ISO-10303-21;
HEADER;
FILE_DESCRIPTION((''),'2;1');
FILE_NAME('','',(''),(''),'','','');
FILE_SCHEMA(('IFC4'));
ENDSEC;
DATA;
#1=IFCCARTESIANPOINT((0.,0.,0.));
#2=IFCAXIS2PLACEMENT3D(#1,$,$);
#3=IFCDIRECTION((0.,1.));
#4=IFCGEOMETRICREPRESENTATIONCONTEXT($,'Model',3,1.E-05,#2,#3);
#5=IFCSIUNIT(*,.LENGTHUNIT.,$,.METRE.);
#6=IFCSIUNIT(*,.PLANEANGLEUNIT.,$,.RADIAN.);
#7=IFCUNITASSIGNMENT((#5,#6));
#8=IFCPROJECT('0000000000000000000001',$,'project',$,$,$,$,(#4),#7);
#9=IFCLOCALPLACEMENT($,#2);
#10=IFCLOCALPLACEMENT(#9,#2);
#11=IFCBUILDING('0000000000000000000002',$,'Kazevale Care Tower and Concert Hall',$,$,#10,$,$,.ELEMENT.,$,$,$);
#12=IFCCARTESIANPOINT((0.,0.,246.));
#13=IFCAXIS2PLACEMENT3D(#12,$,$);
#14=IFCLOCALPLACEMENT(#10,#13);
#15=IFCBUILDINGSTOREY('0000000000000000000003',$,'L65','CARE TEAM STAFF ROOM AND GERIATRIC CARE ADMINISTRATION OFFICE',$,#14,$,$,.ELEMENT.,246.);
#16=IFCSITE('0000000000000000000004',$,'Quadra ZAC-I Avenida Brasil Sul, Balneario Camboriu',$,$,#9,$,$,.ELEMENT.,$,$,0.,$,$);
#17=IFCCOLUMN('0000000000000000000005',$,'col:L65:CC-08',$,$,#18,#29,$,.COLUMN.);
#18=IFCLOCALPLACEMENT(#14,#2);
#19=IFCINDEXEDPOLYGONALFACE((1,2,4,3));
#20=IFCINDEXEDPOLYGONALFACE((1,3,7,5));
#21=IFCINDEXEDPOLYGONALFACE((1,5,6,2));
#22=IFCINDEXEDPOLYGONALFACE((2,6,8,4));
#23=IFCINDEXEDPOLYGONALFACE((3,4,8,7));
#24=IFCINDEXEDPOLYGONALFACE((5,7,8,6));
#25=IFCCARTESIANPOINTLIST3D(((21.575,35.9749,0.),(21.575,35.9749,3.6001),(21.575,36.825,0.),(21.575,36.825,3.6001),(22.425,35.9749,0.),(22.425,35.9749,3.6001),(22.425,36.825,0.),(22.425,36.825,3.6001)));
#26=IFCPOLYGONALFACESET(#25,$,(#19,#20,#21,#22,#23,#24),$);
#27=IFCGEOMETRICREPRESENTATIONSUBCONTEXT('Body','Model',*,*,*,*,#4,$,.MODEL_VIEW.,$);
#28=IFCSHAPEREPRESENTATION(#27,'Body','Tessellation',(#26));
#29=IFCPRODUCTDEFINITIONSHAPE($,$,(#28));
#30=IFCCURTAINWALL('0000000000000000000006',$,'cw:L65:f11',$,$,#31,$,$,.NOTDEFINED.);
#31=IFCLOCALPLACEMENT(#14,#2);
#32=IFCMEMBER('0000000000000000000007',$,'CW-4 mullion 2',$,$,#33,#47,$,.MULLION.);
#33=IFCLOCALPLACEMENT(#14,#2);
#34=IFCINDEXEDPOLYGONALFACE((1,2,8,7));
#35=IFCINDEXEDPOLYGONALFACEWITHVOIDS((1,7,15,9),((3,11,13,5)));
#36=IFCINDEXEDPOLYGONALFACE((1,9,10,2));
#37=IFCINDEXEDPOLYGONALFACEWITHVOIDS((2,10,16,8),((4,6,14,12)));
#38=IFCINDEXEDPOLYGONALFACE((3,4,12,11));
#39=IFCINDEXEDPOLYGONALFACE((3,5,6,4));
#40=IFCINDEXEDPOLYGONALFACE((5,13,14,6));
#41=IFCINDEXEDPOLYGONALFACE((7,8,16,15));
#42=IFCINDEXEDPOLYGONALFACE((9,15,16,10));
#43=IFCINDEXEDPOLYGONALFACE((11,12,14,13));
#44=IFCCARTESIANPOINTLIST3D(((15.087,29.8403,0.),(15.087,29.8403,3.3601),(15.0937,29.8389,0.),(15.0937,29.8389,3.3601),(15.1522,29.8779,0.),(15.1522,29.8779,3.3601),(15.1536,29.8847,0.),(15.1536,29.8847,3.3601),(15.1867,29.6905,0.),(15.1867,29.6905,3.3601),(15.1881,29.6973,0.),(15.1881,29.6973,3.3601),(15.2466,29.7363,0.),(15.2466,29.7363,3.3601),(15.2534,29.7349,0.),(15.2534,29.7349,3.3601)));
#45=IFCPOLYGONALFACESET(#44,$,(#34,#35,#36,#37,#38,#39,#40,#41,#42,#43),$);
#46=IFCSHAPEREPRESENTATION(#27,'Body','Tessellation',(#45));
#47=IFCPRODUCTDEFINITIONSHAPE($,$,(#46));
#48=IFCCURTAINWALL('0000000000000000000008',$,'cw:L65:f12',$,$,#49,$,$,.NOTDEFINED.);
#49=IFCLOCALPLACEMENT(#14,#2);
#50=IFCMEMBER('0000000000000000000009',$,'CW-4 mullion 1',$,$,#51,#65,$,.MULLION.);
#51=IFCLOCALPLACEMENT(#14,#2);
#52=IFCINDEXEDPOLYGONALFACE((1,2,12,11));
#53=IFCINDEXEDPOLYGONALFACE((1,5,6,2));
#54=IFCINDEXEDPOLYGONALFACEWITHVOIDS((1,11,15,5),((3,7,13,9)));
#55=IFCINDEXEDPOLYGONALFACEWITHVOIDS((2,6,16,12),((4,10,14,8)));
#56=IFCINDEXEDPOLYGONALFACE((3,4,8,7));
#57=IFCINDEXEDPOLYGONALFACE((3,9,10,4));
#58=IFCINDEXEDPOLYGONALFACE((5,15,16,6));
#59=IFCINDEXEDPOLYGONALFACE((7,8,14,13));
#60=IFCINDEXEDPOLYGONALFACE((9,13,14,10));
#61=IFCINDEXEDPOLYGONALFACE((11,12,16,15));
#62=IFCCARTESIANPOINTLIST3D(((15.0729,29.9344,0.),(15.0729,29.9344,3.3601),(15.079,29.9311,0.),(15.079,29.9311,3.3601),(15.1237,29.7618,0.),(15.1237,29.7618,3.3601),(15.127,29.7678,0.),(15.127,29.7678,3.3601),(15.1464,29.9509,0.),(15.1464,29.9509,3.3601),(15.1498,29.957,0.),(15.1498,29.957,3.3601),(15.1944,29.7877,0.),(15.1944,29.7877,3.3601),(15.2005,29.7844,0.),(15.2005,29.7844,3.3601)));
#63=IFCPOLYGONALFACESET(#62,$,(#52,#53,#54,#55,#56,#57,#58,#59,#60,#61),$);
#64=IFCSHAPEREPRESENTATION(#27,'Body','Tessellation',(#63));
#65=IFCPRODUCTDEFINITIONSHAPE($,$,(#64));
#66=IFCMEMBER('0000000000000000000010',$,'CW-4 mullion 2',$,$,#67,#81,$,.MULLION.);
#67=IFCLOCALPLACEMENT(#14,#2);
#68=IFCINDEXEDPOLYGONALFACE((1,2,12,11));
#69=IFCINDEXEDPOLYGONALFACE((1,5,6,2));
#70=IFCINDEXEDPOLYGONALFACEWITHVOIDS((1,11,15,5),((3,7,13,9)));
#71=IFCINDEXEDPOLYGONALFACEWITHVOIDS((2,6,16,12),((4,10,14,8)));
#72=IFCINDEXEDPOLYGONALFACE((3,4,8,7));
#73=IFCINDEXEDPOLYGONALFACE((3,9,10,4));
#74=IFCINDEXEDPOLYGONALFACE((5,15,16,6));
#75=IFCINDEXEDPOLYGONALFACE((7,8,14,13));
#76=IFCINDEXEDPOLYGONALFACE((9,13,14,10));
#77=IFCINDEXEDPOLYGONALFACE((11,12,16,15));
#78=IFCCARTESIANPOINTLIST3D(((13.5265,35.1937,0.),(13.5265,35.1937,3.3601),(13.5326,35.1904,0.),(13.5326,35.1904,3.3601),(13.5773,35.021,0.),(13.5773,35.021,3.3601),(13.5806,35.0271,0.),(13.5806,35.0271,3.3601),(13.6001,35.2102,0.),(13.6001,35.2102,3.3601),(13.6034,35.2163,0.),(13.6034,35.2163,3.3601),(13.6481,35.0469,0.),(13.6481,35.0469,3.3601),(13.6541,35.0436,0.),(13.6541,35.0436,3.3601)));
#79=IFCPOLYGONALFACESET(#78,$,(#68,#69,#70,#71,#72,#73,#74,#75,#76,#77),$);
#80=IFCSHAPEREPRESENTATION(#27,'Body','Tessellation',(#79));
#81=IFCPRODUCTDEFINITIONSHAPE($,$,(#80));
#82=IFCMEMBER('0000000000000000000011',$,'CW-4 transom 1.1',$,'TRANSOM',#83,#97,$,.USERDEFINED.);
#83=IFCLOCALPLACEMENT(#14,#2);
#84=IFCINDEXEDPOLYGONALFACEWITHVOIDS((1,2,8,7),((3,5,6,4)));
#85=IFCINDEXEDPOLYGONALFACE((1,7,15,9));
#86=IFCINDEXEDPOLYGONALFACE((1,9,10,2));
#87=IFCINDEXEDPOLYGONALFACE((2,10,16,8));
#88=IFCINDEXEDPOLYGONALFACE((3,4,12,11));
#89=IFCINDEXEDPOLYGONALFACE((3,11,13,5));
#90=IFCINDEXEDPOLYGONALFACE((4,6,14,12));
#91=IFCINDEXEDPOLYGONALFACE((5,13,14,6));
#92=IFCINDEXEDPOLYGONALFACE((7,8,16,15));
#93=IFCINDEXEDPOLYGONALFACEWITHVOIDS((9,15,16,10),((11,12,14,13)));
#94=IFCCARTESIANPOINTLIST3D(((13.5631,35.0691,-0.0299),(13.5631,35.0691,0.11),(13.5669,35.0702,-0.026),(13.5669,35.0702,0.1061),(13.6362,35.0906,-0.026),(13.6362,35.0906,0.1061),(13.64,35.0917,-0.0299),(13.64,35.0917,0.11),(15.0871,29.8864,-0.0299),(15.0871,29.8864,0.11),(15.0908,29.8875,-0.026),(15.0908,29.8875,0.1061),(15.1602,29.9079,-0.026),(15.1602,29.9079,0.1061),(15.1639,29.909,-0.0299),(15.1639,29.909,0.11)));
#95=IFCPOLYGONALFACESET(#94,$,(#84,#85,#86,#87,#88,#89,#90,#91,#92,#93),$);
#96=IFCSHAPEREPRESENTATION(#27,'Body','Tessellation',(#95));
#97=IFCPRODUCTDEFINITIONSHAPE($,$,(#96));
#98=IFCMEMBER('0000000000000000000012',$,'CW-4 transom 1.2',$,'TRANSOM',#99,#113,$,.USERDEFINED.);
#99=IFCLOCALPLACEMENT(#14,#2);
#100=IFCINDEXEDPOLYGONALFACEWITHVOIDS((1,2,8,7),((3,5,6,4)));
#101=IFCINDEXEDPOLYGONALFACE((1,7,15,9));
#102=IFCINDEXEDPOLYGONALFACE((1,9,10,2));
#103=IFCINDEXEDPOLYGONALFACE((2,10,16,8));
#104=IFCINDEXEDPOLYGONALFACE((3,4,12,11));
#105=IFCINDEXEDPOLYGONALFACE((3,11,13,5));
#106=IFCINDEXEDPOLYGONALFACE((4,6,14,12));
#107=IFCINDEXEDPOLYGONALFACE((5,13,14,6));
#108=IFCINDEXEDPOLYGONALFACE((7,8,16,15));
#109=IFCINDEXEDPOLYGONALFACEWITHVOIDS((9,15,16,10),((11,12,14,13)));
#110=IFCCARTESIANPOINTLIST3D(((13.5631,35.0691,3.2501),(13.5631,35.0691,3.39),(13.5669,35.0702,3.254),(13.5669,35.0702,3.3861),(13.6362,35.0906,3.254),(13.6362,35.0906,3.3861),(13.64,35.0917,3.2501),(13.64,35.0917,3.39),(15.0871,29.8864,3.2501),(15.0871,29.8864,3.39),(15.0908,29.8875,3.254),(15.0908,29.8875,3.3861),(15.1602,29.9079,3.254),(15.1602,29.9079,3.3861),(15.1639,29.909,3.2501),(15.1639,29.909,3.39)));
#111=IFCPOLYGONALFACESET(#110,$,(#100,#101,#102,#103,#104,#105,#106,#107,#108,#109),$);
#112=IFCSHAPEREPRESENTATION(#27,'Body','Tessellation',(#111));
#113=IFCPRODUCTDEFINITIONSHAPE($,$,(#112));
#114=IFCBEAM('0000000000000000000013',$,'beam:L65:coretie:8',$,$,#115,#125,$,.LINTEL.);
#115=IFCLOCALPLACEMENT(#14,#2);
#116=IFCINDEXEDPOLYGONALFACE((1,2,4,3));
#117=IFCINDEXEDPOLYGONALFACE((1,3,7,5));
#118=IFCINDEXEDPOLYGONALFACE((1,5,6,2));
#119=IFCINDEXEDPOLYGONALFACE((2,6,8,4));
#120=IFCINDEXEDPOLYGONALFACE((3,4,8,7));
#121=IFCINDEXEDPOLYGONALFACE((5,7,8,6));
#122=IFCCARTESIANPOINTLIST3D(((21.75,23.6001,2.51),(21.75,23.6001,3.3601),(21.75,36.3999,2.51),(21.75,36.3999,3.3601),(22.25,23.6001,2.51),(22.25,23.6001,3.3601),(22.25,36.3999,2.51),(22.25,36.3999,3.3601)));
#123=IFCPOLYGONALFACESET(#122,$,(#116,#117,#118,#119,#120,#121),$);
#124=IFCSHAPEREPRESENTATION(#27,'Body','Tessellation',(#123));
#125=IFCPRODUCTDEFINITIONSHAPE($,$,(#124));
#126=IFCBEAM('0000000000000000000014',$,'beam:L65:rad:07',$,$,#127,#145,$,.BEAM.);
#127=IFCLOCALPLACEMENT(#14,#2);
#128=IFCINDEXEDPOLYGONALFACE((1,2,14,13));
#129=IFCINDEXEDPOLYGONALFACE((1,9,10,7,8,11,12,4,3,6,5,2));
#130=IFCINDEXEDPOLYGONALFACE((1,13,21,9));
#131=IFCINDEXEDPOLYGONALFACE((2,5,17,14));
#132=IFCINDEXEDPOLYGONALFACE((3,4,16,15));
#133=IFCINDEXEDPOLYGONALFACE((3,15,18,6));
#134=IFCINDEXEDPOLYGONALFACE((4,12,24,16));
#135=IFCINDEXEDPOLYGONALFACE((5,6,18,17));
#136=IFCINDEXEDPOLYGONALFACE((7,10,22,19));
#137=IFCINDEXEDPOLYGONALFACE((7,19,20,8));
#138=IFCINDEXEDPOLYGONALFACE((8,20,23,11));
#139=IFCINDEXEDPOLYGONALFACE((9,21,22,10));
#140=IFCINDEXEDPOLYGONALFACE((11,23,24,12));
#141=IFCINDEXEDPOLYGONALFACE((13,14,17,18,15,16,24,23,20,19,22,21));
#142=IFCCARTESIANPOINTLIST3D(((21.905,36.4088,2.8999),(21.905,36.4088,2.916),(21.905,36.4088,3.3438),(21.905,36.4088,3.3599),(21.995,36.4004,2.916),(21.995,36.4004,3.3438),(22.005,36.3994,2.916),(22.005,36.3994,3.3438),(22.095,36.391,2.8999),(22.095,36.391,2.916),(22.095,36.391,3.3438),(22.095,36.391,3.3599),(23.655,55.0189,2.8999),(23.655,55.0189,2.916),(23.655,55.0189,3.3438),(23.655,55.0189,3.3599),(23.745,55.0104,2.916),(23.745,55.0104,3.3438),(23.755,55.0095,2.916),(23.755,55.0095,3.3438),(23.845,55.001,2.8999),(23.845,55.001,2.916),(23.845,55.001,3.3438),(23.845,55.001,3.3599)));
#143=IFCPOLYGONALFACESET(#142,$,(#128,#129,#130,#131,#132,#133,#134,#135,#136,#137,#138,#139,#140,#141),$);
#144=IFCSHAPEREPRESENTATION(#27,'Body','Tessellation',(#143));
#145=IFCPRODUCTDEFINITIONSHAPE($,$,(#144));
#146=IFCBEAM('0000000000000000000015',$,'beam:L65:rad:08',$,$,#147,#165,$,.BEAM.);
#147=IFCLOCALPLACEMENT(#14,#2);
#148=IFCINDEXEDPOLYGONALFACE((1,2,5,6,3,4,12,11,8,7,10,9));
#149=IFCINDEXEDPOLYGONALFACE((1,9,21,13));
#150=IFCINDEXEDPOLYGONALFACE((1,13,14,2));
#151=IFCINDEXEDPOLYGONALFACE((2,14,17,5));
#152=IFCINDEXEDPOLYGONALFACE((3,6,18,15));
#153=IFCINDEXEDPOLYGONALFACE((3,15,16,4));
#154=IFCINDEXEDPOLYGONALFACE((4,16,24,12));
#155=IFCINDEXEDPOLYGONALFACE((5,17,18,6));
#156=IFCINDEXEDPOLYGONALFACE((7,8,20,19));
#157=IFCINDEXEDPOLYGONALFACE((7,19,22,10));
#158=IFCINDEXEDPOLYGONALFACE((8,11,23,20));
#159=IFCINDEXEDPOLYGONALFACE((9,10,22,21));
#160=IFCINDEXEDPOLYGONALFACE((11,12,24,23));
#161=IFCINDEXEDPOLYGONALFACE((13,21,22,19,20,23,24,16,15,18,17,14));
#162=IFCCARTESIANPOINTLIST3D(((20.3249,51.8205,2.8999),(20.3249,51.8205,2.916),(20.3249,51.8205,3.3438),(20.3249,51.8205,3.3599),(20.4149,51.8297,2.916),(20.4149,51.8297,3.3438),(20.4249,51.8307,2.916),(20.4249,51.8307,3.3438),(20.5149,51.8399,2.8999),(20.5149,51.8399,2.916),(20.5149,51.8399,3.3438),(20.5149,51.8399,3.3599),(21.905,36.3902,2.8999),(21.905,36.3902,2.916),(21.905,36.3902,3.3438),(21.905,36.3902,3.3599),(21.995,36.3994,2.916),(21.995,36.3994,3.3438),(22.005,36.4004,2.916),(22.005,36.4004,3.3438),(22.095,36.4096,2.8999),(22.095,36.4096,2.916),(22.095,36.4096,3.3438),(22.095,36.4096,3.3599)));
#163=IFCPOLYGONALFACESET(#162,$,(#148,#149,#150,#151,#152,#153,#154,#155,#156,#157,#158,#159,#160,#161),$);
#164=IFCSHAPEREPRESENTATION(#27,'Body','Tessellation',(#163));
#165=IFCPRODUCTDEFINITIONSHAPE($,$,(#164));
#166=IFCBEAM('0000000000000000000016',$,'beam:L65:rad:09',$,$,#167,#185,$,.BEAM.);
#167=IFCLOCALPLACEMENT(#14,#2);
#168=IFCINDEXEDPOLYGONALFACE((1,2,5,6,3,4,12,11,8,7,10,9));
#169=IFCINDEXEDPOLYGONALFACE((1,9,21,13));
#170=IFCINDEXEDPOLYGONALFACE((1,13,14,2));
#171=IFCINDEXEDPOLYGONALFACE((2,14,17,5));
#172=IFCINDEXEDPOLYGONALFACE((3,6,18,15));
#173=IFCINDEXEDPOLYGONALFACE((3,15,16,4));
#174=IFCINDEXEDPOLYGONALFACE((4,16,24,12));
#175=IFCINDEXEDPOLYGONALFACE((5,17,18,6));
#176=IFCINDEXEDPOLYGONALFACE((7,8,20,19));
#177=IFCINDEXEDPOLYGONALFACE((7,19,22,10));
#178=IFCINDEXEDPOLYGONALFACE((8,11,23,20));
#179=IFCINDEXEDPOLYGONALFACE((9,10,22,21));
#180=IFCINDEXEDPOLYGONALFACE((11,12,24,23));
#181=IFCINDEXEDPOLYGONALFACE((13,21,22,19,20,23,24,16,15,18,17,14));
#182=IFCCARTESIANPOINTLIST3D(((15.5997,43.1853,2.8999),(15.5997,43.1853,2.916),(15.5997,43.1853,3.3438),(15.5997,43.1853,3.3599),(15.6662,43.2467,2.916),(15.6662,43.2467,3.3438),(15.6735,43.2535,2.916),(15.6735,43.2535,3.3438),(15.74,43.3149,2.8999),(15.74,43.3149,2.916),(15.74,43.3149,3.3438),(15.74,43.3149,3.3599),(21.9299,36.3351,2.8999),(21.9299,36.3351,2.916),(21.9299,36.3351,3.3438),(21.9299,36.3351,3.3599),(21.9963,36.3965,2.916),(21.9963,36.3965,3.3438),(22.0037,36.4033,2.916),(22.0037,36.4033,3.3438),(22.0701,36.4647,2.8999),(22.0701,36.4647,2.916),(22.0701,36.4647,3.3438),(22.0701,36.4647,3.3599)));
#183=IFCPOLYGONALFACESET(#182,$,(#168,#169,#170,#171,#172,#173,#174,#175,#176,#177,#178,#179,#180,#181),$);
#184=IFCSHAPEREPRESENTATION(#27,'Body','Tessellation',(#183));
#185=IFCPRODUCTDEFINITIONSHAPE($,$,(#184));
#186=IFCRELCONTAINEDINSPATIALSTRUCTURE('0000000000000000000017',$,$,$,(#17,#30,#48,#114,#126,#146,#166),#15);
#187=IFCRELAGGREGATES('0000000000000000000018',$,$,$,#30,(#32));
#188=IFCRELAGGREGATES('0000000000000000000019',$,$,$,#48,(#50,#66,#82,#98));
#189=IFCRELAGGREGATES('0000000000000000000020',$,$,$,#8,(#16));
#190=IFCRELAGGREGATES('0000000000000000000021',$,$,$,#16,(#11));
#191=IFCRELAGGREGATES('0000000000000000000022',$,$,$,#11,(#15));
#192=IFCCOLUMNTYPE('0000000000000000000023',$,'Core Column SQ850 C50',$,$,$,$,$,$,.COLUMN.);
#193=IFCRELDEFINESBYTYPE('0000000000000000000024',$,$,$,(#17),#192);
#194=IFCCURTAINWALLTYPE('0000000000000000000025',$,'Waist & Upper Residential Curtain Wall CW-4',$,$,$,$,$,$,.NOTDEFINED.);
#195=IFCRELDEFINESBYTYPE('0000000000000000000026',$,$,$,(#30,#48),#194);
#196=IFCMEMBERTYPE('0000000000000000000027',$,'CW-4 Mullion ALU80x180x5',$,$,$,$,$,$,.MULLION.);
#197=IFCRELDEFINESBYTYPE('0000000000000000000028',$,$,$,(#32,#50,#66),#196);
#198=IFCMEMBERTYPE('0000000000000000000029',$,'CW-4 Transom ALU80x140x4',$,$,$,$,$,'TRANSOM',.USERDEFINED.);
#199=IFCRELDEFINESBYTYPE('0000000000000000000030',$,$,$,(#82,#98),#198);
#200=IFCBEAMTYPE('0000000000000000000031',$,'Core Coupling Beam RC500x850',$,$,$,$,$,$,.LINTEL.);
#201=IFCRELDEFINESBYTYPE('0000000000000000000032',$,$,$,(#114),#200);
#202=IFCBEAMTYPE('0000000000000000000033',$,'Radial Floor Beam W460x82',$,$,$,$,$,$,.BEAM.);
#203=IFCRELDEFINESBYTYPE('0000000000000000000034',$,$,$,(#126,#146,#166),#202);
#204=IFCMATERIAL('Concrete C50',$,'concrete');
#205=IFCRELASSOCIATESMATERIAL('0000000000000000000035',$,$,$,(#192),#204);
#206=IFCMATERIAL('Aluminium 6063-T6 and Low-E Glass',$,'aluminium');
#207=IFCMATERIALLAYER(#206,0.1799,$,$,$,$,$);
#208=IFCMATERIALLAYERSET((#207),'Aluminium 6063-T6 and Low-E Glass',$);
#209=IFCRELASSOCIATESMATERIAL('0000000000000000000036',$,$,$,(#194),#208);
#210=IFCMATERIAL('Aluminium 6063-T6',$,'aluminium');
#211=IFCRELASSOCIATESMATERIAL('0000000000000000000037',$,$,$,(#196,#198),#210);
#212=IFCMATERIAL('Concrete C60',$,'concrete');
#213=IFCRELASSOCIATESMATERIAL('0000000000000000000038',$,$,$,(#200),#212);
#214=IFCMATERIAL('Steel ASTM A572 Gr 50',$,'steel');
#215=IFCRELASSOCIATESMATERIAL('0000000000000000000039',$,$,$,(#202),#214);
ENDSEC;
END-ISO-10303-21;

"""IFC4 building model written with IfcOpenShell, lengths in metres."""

from ifc_helpers import new_model, si_unit, direction, frame, origin, origin_2d, place, context, subcontext, project, spatial, rectangle, hollow_rectangle, i_section, extrude, material, layer, layer_set, material_profile, profile_set, type_object, element, aggregate, save


model = new_model("IFC4")

# Units and contexts
model_context = context("Model", 3, precision=1e-05, world=origin(), true_north=direction((0.0, 1.0)))
body_context = subcontext(model_context, "Body", "Model", "MODEL_VIEW")
ifc_project = project(units=[si_unit("LENGTHUNIT", "METRE"), si_unit("PLANEANGLEUNIT", "RADIAN")], contexts=[model_context])

# Site, building, storey
site_placement = place(None, origin())
site = spatial("IfcSite", under=ifc_project, at=site_placement, Name="Quadra ZAC-I Avenida Brasil Sul, Balneario Camboriu", CompositionType="ELEMENT", RefElevation=0.0)
building_placement = place(site_placement, origin())
building = spatial("IfcBuilding", under=site, at=building_placement, Name="Kazevale Care Tower and Concert Hall", CompositionType="ELEMENT")
storey_placement = place(building_placement, frame((0.0, 0.0, 246.0)))
storey = spatial("IfcBuildingStorey", under=building, at=storey_placement, Name="L65", Description="CARE TEAM STAFF ROOM AND GERIATRIC CARE ADMINISTRATION OFFICE", CompositionType="ELEMENT", Elevation=246.0)

# Column
ifc_material_1 = material(Name="Concrete C50", Category="concrete")
ifc_material_profile_1 = material_profile(ifc_material_1, rectangle(XDim=0.8501, YDim=0.8501, at=origin_2d()), Name="RC-SQ850")
ifc_profile_set_1 = profile_set([ifc_material_profile_1], Name="Concrete C50")
column_type = type_object("IfcColumnType", Name="Core Column SQ850 C50", PredefinedType="COLUMN", material=ifc_profile_set_1)
column_placement = place(storey_placement, frame((22.0, 36.3999, 0.0), z_axis=(0.0, 0.0, 1.0), x_axis=(1.0, 0.0, 0.0)))
element("IfcColumn", 1, at=column_placement, inside=storey, type_object=column_type, Name="col:L65:CC-08", PredefinedType="COLUMN", context=body_context, shape_type="SweptSolid", body=[
    extrude(rectangle(XDim=0.8501, YDim=0.8501, at=origin_2d()), origin(), (0.0, 0.0, 1.0), 3.6001),
])

# Curtain wall, member
ifc_material_2 = material(Name="Aluminium 6063-T6 and Low-E Glass", Category="aluminium")
ifc_layer_1 = layer(ifc_material_2, 0.1799)
ifc_layer_set_1 = layer_set([ifc_layer_1], Name="Aluminium 6063-T6 and Low-E Glass")
curtain_wall_type = type_object("IfcCurtainWallType", Name="Waist & Upper Residential Curtain Wall CW-4", PredefinedType="NOTDEFINED", material=ifc_layer_set_1)
curtain_wall_1_placement = place(storey_placement, origin())
curtain_wall_1 = element("IfcCurtainWall", 2, at=curtain_wall_1_placement, inside=storey, type_object=curtain_wall_type, Name="cw:L65:f11", PredefinedType="NOTDEFINED")
ifc_material_3 = material(Name="Aluminium 6063-T6", Category="aluminium")
ifc_material_profile_2 = material_profile(ifc_material_3, hollow_rectangle(XDim=0.0801, YDim=0.1799, WallThickness=0.0049, at=origin_2d()), Name="ALU80x180x5")
ifc_profile_set_2 = profile_set([ifc_material_profile_2], Name="Aluminium 6063-T6")
member_type_1 = type_object("IfcMemberType", Name="CW-4 Mullion ALU80x180x5", PredefinedType="MULLION", material=ifc_profile_set_2)
member_1_placement = place(storey_placement, frame((15.1702, 29.7876, 0.0), z_axis=(0.0, 0.0, 1.0), x_axis=(-0.832106, -0.554617, 0.0)))
member_1 = element("IfcMember", 3, at=member_1_placement, type_object=member_type_1, Name="CW-4 mullion 2", PredefinedType="MULLION", context=body_context, shape_type="SweptSolid", body=[
    extrude(hollow_rectangle(XDim=0.0801, YDim=0.1799, WallThickness=0.0049, at=origin_2d()), origin(), (0.0, 0.0, 1.0), 3.3601),
])
aggregate(curtain_wall_1, [member_1])

# Curtain wall, members
curtain_wall_2_placement = place(storey_placement, origin())
curtain_wall_2 = element("IfcCurtainWall", 4, at=curtain_wall_2_placement, inside=storey, type_object=curtain_wall_type, Name="cw:L65:f12", PredefinedType="NOTDEFINED")
member_2_placement = place(storey_placement, frame((15.1367, 29.8594, 0.0), z_axis=(0.0, 0.0, 1.0), x_axis=(-0.959386, -0.282098, 0.0)))
member_2 = element("IfcMember", 5, at=member_2_placement, type_object=member_type_1, Name="CW-4 mullion 1", PredefinedType="MULLION", context=body_context, shape_type="SweptSolid", body=[
    extrude(hollow_rectangle(XDim=0.0801, YDim=0.1799, WallThickness=0.0049, at=origin_2d()), origin(), (0.0, 0.0, 1.0), 3.3601),
])
member_3_placement = place(storey_placement, frame((13.5903, 35.1187, 0.0), z_axis=(0.0, 0.0, 1.0), x_axis=(-0.959386, -0.282098, 0.0)))
member_3 = element("IfcMember", 6, at=member_3_placement, type_object=member_type_1, Name="CW-4 mullion 2", PredefinedType="MULLION", context=body_context, shape_type="SweptSolid", body=[
    extrude(hollow_rectangle(XDim=0.0801, YDim=0.1799, WallThickness=0.0049, at=origin_2d()), origin(), (0.0, 0.0, 1.0), 3.3601),
])
ifc_material_profile_3 = material_profile(ifc_material_3, hollow_rectangle(XDim=0.0801, YDim=0.1399, WallThickness=0.0039, at=origin_2d()), Name="ALU80x140x4")
ifc_profile_set_3 = profile_set([ifc_material_profile_3], Name="Aluminium 6063-T6")
member_type_2 = type_object("IfcMemberType", Name="CW-4 Transom ALU80x140x4", ElementType="TRANSOM", PredefinedType="USERDEFINED", material=ifc_profile_set_3)
member_4_placement = place(storey_placement, frame((15.1255, 29.8977, 0.04), z_axis=(-0.282103, 0.959384, 0.0), x_axis=(-0.959384, -0.282103, 0.0)))
member_4 = element("IfcMember", 7, at=member_4_placement, type_object=member_type_2, Name="CW-4 transom 1.1", ObjectType="TRANSOM", PredefinedType="USERDEFINED", context=body_context, shape_type="SweptSolid", body=[
    extrude(hollow_rectangle(XDim=0.0801, YDim=0.1399, WallThickness=0.0039, at=origin_2d()), origin(), (0.0, 0.0, 1.0), 5.4021),
])
member_5_placement = place(storey_placement, frame((15.1255, 29.8977, 3.3201), z_axis=(-0.282103, 0.959384, 0.0), x_axis=(-0.959384, -0.282103, 0.0)))
member_5 = element("IfcMember", 8, at=member_5_placement, type_object=member_type_2, Name="CW-4 transom 1.2", ObjectType="TRANSOM", PredefinedType="USERDEFINED", context=body_context, shape_type="SweptSolid", body=[
    extrude(hollow_rectangle(XDim=0.0801, YDim=0.1399, WallThickness=0.0039, at=origin_2d()), origin(), (0.0, 0.0, 1.0), 5.4021),
])

# Beams
ifc_material_4 = material(Name="Concrete C60", Category="concrete")
ifc_material_profile_4 = material_profile(ifc_material_4, rectangle(XDim=0.5, YDim=0.8501, at=origin_2d()), Name="RC-B500x850")
ifc_profile_set_4 = profile_set([ifc_material_profile_4], Name="Concrete C60")
beam_type_1 = type_object("IfcBeamType", Name="Core Coupling Beam RC500x850", PredefinedType="LINTEL", material=ifc_profile_set_4)
beam_1_placement = place(storey_placement, frame((22.0, 36.3999, 2.9351), z_axis=(0.0, -1.0, 0.0), x_axis=(1.0, 0.0, 0.0)))
element("IfcBeam", 9, at=beam_1_placement, inside=storey, type_object=beam_type_1, Name="beam:L65:coretie:8", PredefinedType="LINTEL", context=body_context, shape_type="SweptSolid", body=[
    extrude(rectangle(XDim=0.5, YDim=0.8501, at=origin_2d()), origin(), (0.0, 0.0, 1.0), 12.7998),
])
ifc_material_5 = material(Name="Steel ASTM A572 Gr 50", Category="steel")
ifc_material_profile_5 = material_profile(ifc_material_5, i_section(OverallWidth=0.1909, OverallDepth=0.46, WebThickness=0.01, FlangeThickness=0.0161, at=origin_2d()), Name="W460x82")
ifc_profile_set_5 = profile_set([ifc_material_profile_5], Name="Steel ASTM A572 Gr 50")
beam_type_2 = type_object("IfcBeamType", Name="Radial Floor Beam W460x82", PredefinedType="BEAM", material=ifc_profile_set_5)
beam_2_placement = place(storey_placement, frame((22.0, 36.3999, 3.1299), z_axis=(0.093622, 0.995608, 0.0), x_axis=(-0.995608, 0.093622, 0.0)))
element("IfcBeam", 10, at=beam_2_placement, inside=storey, type_object=beam_type_2, Name="beam:L65:rad:07", PredefinedType="BEAM", context=body_context, shape_type="SweptSolid", body=[
    extrude(i_section(OverallWidth=0.1909, OverallDepth=0.46, WebThickness=0.01, FlangeThickness=0.0161, at=origin_2d()), origin(), (0.0, 0.0, 1.0), 18.6921),
])
beam_3_placement = place(storey_placement, frame((22.0, 36.3999, 3.1299), z_axis=(-0.101869, 0.994798, 0.0), x_axis=(-0.994798, -0.101869, 0.0)))
element("IfcBeam", 11, at=beam_3_placement, inside=storey, type_object=beam_type_2, Name="beam:L65:rad:08", PredefinedType="BEAM", context=body_context, shape_type="SweptSolid", body=[
    extrude(i_section(OverallWidth=0.1909, OverallDepth=0.46, WebThickness=0.01, FlangeThickness=0.0161, at=origin_2d()), origin(), (0.0, 0.0, 1.0), 15.511),
])
beam_4_placement = place(storey_placement, frame((22.0, 36.3999, 3.1299), z_axis=(-0.67868, 0.734434, 0.0), x_axis=(-0.734434, -0.67868, 0.0)))
element("IfcBeam", 12, at=beam_4_placement, inside=storey, type_object=beam_type_2, Name="beam:L65:rad:09", PredefinedType="BEAM", context=body_context, shape_type="SweptSolid", body=[
    extrude(i_section(OverallWidth=0.1909, OverallDepth=0.46, WebThickness=0.01, FlangeThickness=0.0161, at=origin_2d()), origin(), (0.0, 0.0, 1.0), 9.3271),
])

aggregate(curtain_wall_2, [member_2, member_3, member_4, member_5])

save(model, "model.ifc")
